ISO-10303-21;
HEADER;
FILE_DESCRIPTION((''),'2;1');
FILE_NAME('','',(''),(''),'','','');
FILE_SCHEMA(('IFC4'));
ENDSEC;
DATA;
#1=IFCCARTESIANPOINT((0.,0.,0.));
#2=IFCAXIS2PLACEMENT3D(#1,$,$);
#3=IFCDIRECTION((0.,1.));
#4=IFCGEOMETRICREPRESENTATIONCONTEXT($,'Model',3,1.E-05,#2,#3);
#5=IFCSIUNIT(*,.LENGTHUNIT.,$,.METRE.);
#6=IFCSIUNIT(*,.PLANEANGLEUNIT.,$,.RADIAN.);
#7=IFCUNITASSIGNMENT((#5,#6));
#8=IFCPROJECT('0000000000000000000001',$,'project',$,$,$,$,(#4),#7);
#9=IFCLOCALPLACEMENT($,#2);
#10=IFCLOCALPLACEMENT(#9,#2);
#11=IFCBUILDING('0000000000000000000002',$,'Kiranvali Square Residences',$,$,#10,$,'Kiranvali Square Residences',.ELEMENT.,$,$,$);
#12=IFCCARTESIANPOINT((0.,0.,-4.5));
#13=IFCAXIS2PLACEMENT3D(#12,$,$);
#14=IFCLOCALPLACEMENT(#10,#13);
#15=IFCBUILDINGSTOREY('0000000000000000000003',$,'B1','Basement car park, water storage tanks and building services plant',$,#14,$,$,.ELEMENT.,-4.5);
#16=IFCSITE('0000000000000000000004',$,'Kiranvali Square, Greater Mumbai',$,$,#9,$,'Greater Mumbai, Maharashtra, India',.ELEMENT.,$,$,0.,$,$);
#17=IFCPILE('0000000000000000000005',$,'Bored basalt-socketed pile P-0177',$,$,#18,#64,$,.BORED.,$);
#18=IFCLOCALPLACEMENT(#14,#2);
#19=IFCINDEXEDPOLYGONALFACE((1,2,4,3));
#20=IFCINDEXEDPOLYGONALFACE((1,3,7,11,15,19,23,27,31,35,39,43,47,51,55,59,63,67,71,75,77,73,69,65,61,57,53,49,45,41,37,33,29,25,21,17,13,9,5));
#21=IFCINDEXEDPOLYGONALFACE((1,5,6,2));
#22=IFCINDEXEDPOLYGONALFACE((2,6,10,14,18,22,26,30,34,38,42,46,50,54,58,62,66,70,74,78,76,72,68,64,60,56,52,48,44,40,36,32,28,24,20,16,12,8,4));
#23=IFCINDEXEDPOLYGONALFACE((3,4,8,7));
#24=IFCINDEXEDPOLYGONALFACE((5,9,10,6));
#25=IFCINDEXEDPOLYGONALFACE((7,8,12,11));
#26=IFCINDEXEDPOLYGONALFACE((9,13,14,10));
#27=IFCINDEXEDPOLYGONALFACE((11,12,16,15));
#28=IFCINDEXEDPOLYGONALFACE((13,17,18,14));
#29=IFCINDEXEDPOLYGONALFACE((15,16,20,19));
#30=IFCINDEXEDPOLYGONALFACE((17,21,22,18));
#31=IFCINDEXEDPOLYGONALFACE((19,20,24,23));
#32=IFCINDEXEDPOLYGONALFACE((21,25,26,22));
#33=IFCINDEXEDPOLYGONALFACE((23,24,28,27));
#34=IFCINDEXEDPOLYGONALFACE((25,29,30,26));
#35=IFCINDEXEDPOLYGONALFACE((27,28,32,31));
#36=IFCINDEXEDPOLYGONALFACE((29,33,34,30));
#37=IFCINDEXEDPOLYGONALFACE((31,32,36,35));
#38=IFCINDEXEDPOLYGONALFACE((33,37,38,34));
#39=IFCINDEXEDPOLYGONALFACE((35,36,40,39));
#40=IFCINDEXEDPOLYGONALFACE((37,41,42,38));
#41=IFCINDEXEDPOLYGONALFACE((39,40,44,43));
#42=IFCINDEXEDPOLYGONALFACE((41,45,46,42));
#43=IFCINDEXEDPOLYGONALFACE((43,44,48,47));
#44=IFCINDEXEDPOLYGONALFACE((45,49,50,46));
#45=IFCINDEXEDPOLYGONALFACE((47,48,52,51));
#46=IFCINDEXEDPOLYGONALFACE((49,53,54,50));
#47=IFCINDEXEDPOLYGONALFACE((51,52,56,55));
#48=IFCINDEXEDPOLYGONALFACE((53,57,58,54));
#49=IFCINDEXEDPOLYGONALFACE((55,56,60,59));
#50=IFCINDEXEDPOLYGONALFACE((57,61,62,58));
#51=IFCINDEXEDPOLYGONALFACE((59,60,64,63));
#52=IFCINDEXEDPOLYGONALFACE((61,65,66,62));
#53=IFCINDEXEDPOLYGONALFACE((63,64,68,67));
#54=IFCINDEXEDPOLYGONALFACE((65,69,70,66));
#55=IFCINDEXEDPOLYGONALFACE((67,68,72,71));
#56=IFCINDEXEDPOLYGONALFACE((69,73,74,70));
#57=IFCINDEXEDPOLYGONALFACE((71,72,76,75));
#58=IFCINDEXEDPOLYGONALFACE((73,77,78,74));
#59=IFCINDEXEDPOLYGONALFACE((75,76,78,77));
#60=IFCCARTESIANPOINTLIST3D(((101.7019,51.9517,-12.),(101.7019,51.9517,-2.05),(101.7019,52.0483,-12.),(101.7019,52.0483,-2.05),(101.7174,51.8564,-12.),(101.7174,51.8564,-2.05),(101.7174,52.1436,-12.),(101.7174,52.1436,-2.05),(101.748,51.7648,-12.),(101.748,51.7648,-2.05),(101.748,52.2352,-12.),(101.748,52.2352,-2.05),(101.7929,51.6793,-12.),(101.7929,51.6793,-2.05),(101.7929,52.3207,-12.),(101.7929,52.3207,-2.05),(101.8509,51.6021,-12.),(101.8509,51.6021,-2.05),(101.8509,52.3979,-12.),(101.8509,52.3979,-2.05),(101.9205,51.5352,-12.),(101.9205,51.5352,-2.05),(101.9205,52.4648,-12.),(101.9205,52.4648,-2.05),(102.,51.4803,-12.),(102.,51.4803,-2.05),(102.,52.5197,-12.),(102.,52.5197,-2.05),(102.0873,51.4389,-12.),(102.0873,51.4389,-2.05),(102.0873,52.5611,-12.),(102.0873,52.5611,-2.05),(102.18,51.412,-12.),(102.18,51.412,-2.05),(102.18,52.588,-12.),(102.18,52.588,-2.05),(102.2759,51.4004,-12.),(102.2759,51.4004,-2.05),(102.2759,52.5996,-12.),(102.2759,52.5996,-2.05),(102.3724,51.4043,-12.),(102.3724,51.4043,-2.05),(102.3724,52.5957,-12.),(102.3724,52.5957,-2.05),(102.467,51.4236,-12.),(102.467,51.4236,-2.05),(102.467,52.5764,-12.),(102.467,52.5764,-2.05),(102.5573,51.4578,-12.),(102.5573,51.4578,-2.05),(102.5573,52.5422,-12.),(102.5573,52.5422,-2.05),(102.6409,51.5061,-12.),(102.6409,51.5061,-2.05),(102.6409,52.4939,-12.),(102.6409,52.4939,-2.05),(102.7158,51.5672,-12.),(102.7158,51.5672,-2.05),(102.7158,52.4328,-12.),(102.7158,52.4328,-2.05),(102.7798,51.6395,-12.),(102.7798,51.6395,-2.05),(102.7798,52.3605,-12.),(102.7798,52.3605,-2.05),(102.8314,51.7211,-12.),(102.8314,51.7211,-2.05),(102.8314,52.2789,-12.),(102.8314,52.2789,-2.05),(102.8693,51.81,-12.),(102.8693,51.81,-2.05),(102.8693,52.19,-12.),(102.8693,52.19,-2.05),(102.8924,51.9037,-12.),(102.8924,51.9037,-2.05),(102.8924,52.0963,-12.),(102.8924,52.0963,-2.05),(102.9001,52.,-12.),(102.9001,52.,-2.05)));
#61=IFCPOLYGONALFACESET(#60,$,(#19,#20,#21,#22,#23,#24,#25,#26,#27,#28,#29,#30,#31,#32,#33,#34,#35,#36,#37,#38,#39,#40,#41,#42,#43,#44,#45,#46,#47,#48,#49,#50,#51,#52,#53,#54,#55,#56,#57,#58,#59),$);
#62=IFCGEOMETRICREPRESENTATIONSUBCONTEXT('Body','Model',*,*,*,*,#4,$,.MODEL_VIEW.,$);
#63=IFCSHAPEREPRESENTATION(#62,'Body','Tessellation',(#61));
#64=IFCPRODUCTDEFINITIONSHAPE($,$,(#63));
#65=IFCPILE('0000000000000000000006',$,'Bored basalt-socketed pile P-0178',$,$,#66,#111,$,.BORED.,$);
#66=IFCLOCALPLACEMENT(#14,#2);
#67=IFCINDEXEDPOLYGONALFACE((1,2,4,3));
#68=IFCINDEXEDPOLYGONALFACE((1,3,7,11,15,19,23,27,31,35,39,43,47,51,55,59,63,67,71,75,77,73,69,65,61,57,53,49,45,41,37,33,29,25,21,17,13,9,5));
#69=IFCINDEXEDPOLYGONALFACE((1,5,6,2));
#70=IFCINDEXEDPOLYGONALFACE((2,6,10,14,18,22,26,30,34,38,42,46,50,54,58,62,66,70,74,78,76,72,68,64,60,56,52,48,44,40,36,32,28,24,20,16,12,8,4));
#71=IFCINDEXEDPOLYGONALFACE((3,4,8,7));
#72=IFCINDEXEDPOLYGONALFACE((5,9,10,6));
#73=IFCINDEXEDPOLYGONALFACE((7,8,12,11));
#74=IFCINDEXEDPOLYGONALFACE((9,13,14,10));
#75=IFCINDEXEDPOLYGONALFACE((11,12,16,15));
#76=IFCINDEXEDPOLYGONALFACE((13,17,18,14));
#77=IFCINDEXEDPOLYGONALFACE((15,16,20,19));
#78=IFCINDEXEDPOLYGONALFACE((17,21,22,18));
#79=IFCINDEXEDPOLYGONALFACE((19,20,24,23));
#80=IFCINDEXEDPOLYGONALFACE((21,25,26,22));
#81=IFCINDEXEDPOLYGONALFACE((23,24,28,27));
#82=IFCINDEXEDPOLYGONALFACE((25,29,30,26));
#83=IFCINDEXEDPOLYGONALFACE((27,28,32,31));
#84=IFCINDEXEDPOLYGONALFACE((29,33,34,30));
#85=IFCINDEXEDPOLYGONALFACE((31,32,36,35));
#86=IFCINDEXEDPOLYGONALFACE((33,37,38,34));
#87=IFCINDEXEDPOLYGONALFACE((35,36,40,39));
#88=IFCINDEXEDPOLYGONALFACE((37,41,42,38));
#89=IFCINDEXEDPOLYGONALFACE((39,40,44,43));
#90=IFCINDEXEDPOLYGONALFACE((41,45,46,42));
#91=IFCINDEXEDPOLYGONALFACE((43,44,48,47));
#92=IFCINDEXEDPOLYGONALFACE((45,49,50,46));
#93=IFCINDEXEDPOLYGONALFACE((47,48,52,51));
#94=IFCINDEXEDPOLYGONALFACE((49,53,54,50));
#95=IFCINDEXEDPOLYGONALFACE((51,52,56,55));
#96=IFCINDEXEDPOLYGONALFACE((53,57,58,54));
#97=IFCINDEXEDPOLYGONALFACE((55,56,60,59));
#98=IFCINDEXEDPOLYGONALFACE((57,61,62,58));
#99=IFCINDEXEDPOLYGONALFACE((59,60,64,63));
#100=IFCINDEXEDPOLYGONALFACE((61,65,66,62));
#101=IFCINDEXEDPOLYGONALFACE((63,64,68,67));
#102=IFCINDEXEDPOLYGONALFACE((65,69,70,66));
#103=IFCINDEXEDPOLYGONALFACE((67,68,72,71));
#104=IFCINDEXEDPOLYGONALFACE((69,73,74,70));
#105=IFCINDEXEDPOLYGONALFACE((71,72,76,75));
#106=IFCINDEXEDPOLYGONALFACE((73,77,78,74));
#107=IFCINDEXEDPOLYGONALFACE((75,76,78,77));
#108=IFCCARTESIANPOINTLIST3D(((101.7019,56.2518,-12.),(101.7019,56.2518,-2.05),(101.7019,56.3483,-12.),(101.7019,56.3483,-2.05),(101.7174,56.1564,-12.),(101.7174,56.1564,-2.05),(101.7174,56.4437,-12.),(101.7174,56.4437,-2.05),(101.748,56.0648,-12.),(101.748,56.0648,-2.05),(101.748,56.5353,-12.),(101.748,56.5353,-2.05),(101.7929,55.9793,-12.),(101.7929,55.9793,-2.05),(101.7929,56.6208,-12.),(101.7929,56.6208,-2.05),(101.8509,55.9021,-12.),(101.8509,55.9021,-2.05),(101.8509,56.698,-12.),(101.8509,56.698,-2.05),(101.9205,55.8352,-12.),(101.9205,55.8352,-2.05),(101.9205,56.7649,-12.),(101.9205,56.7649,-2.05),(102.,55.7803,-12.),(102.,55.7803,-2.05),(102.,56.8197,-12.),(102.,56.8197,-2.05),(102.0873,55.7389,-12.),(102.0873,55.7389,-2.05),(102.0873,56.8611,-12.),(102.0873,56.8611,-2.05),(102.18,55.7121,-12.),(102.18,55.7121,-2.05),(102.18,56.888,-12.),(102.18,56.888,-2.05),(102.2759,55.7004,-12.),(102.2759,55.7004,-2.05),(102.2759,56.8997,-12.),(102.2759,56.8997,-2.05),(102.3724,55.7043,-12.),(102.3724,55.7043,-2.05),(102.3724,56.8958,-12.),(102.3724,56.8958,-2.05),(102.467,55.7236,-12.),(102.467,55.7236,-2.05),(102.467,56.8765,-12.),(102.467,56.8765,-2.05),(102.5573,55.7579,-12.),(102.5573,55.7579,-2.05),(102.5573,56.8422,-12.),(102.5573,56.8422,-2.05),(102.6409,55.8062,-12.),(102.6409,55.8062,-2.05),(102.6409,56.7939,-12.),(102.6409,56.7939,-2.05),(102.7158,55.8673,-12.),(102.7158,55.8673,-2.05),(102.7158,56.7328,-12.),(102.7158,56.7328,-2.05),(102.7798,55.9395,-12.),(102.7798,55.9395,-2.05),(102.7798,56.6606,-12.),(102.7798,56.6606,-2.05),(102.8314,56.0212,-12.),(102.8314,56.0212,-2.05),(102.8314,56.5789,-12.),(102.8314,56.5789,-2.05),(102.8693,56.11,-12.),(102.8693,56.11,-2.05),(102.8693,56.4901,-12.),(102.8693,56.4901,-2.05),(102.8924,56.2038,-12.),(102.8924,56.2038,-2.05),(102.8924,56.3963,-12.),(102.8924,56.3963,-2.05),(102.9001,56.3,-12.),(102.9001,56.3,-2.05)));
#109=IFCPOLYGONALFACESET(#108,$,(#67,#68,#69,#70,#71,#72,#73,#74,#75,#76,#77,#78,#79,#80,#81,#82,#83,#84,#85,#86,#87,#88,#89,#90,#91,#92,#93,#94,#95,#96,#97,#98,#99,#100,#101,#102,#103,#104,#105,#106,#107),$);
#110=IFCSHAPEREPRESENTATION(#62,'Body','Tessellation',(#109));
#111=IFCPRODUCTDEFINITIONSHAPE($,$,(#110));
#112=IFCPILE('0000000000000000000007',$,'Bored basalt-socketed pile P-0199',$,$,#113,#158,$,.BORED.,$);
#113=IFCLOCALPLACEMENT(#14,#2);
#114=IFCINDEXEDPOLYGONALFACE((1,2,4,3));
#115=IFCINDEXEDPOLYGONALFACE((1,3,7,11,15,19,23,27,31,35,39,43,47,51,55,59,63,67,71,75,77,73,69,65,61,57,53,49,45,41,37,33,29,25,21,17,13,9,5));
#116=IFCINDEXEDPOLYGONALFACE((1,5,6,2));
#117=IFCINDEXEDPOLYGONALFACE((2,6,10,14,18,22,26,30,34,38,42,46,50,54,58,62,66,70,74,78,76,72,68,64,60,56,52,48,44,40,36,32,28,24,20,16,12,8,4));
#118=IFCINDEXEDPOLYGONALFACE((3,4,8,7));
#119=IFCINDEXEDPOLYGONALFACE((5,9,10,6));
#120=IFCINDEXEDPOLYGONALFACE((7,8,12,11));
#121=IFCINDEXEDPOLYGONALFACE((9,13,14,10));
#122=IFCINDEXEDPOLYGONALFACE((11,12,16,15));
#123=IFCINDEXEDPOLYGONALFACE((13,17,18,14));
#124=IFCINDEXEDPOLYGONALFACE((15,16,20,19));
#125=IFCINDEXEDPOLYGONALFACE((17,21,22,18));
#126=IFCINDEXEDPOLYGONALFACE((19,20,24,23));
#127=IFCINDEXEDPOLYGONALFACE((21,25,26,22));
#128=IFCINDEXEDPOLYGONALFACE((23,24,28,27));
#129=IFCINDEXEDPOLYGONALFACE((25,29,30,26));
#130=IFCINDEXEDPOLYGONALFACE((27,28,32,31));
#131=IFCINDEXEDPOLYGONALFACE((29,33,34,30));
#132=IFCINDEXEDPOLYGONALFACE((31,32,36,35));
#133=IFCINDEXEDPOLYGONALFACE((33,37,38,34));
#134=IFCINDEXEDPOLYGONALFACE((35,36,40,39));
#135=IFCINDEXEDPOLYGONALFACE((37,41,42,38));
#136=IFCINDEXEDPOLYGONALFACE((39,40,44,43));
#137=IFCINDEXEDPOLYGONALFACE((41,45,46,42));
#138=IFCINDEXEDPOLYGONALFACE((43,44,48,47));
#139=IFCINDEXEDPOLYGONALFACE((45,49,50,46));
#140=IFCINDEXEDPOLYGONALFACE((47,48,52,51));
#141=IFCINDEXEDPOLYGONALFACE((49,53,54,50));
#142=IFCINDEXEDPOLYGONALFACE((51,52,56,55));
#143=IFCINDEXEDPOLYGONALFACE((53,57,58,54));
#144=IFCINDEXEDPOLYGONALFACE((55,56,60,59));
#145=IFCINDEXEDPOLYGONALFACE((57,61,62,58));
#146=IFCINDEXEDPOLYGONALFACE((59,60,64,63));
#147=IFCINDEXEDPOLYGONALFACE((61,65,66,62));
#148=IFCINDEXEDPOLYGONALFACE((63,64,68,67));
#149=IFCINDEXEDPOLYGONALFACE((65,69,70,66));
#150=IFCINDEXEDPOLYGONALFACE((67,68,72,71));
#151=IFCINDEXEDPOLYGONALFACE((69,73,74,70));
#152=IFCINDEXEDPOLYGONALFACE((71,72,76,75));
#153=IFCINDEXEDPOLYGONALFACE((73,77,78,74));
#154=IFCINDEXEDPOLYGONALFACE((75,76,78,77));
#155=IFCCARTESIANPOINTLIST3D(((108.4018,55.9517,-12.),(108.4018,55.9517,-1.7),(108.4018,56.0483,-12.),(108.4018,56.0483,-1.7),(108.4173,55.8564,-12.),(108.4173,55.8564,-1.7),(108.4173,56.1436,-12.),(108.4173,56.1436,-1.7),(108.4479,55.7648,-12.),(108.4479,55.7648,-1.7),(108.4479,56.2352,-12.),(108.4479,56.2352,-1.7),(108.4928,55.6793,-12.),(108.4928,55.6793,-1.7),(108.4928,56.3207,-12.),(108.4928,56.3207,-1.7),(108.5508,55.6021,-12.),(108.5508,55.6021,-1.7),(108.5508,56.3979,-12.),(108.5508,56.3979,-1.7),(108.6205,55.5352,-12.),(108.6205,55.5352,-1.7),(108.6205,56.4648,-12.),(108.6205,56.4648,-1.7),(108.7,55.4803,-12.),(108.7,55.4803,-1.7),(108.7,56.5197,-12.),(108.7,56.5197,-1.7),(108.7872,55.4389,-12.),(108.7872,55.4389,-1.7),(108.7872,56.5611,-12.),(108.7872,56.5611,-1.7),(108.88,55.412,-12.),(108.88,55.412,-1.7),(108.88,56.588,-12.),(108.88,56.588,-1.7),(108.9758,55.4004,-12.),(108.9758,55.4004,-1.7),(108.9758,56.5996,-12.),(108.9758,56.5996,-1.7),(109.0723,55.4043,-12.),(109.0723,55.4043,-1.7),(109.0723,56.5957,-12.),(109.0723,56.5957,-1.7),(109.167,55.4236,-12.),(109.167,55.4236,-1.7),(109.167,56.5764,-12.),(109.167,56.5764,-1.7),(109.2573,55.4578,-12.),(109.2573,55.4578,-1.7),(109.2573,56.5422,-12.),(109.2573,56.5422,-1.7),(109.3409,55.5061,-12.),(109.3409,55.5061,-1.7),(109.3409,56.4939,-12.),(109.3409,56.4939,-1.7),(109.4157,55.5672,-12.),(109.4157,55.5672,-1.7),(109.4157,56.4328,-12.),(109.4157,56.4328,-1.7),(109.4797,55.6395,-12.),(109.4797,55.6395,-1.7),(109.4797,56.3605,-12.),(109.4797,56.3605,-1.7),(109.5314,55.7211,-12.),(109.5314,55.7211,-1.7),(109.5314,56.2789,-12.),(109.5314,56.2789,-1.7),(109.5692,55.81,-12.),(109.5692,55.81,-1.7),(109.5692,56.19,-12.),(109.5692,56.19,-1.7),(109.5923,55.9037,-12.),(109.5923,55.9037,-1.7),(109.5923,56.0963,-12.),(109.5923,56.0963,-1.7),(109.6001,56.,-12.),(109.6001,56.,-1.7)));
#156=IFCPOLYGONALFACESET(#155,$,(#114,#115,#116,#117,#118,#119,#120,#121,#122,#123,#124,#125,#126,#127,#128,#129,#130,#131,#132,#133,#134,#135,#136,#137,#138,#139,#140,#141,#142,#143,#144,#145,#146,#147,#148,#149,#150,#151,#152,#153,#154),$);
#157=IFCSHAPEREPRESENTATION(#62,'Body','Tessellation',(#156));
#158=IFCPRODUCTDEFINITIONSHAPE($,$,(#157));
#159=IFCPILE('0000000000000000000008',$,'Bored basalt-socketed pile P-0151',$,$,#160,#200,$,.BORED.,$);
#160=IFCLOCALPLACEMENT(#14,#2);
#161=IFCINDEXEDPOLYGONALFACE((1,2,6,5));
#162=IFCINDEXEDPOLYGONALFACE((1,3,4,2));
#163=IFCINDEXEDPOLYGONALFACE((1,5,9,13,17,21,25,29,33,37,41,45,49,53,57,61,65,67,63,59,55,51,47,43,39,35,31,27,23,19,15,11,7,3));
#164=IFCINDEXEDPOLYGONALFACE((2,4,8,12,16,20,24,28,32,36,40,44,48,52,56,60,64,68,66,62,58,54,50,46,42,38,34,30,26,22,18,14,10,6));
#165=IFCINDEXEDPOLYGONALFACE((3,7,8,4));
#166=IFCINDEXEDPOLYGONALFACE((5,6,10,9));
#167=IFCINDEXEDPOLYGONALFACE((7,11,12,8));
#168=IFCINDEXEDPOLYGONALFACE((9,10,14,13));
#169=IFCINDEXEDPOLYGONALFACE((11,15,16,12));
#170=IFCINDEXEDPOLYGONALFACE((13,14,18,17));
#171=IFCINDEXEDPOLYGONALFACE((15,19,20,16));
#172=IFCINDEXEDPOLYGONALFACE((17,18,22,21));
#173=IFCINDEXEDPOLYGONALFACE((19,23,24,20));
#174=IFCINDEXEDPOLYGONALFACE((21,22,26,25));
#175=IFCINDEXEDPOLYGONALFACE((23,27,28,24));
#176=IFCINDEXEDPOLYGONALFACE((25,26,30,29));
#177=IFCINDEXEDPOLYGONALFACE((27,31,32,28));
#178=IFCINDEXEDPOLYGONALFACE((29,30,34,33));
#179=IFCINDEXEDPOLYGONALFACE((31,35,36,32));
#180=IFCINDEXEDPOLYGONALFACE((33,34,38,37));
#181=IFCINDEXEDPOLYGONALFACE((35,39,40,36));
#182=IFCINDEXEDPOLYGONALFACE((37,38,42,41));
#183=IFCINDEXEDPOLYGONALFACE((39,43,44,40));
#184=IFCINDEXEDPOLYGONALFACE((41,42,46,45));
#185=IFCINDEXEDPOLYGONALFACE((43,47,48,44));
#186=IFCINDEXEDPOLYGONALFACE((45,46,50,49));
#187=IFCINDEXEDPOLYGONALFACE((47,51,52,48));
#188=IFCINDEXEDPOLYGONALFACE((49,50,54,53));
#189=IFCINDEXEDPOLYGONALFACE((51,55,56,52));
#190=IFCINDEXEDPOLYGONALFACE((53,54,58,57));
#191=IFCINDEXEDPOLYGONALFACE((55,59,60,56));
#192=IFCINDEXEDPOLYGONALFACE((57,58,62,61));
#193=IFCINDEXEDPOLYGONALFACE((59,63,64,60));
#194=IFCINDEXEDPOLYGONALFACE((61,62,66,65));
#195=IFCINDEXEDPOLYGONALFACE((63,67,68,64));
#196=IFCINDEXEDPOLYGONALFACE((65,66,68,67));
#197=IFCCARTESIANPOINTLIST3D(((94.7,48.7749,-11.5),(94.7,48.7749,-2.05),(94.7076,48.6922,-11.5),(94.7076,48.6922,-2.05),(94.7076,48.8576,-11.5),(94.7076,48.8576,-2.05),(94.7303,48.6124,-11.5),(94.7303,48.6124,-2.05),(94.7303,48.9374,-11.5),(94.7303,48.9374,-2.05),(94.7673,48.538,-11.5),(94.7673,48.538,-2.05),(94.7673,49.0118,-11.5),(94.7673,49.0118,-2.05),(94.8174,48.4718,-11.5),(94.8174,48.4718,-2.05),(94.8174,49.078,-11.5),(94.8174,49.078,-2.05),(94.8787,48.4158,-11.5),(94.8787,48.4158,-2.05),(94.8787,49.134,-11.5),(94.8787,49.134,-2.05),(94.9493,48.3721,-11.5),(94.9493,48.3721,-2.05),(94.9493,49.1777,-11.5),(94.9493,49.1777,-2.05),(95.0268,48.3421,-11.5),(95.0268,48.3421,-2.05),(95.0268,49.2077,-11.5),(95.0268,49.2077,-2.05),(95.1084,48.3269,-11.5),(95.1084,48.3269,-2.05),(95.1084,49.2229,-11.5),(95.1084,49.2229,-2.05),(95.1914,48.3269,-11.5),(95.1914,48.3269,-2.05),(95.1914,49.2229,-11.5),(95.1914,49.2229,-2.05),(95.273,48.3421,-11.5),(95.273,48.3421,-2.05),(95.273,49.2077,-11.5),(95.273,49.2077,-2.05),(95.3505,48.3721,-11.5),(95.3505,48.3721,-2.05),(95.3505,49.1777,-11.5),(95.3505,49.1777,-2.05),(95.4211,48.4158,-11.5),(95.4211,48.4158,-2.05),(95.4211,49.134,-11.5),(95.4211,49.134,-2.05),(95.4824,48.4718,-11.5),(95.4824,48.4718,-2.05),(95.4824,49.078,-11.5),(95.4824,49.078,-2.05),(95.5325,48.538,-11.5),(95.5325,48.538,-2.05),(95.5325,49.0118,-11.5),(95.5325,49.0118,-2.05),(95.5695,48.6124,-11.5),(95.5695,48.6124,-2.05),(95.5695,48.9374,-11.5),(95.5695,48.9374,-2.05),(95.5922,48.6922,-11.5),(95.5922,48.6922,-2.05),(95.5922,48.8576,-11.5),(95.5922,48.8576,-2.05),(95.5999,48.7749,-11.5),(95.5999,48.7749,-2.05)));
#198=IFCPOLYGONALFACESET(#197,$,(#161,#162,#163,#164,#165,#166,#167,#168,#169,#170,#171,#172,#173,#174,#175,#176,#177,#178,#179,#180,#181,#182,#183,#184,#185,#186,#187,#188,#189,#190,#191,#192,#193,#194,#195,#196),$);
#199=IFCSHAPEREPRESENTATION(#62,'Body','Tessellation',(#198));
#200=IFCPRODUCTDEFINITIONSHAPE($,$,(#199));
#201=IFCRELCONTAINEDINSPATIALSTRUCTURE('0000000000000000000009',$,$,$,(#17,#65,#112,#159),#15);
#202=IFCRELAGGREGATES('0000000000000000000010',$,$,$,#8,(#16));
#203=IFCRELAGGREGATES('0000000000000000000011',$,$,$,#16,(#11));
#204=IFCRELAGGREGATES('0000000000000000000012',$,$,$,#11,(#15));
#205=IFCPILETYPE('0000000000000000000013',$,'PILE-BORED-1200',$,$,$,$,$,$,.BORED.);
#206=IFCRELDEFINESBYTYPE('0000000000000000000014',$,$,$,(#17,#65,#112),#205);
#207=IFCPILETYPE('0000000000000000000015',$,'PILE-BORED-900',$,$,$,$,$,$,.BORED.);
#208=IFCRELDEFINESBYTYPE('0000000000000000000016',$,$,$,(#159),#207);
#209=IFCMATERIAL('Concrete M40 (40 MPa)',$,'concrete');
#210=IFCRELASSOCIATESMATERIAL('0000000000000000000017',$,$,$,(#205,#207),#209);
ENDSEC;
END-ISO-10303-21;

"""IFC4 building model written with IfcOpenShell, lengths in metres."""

from ifc_helpers import new_model, si_unit, direction, frame, origin, origin_2d, place, context, subcontext, project, spatial, circle, extrude, material, material_profile, profile_set, type_object, element, save


model = new_model("IFC4")

# Units and contexts
model_context = context("Model", 3, precision=1e-05, world=origin(), true_north=direction((0.0, 1.0)))
body_context = subcontext(model_context, "Body", "Model", "MODEL_VIEW")
ifc_project = project(units=[si_unit("LENGTHUNIT", "METRE"), si_unit("PLANEANGLEUNIT", "RADIAN")], contexts=[model_context])

# Site, building, storey
site_placement = place(None, origin())
site = spatial("IfcSite", under=ifc_project, at=site_placement, Name="Kiranvali Square, Greater Mumbai", LongName="Greater Mumbai, Maharashtra, India", CompositionType="ELEMENT", RefElevation=0.0)
building_placement = place(site_placement, origin())
building = spatial("IfcBuilding", under=site, at=building_placement, Name="Kiranvali Square Residences", LongName="Kiranvali Square Residences", CompositionType="ELEMENT")
storey_placement = place(building_placement, frame((0.0, 0.0, -4.5)))
storey = spatial("IfcBuildingStorey", under=building, at=storey_placement, Name="B1", Description="Basement car park, water storage tanks and building services plant", CompositionType="ELEMENT", Elevation=-4.5)

# Shared definitions
ifc_material_1 = material(Name="Concrete M40 (40 MPa)", Category="concrete")

# Piles
ifc_material_profile_1 = material_profile(ifc_material_1, circle(Radius=0.6001, at=origin_2d()), Name="BORED PILE 1200")
ifc_profile_set_1 = profile_set([ifc_material_profile_1], Name="Concrete M40 (40 MPa)")
pile_type_1 = type_object("IfcPileType", Name="PILE-BORED-1200", PredefinedType="BORED", material=ifc_profile_set_1)
for number, where, z_axis, x_axis, name in (
    (1, (102.3, 52.0, -2.05), (0.0, 0.0, -1.0), (1.0, 0.0, 0.0), "Bored basalt-socketed pile P-0177"),
    (2, (102.3, 56.3, -2.05), (0.0, 0.0, -1.0), (1.0, 0.0, 0.0), "Bored basalt-socketed pile P-0178"),
):
    element("IfcPile", number, at=place(storey_placement, frame(where, z_axis=z_axis, x_axis=x_axis)), inside=storey, type_object=pile_type_1, Name=name, PredefinedType="BORED", context=body_context, shape_type="SweptSolid", body=[
        extrude(circle(Radius=0.6001, at=origin_2d()), origin(), (0.0, 0.0, 1.0), 9.95),
    ])
pile_1_placement = place(storey_placement, frame((109.0, 56.0, -1.7), z_axis=(0.0, 0.0, -1.0), x_axis=(1.0, 0.0, 0.0)))
element("IfcPile", 3, at=pile_1_placement, inside=storey, type_object=pile_type_1, Name="Bored basalt-socketed pile P-0199", PredefinedType="BORED", context=body_context, shape_type="SweptSolid", body=[
    extrude(circle(Radius=0.6001, at=origin_2d()), origin(), (0.0, 0.0, 1.0), 10.3),
])
ifc_material_profile_2 = material_profile(ifc_material_1, circle(Radius=0.45, at=origin_2d()), Name="BORED PILE 900")
ifc_profile_set_2 = profile_set([ifc_material_profile_2], Name="Concrete M40 (40 MPa)")
pile_type_2 = type_object("IfcPileType", Name="PILE-BORED-900", PredefinedType="BORED", material=ifc_profile_set_2)
for number, where, z_axis, x_axis, name in (
    (4, (95.1499, 48.7749, -2.05), (0.0, 0.0, -1.0), (1.0, 0.0, 0.0), "Bored basalt-socketed pile P-0151"),
):
    element("IfcPile", number, at=place(storey_placement, frame(where, z_axis=z_axis, x_axis=x_axis)), inside=storey, type_object=pile_type_2, Name=name, PredefinedType="BORED", context=body_context, shape_type="SweptSolid", body=[
        extrude(circle(Radius=0.45, at=origin_2d()), origin(), (0.0, 0.0, 1.0), 9.45),
    ])

save(model, "model.ifc")
